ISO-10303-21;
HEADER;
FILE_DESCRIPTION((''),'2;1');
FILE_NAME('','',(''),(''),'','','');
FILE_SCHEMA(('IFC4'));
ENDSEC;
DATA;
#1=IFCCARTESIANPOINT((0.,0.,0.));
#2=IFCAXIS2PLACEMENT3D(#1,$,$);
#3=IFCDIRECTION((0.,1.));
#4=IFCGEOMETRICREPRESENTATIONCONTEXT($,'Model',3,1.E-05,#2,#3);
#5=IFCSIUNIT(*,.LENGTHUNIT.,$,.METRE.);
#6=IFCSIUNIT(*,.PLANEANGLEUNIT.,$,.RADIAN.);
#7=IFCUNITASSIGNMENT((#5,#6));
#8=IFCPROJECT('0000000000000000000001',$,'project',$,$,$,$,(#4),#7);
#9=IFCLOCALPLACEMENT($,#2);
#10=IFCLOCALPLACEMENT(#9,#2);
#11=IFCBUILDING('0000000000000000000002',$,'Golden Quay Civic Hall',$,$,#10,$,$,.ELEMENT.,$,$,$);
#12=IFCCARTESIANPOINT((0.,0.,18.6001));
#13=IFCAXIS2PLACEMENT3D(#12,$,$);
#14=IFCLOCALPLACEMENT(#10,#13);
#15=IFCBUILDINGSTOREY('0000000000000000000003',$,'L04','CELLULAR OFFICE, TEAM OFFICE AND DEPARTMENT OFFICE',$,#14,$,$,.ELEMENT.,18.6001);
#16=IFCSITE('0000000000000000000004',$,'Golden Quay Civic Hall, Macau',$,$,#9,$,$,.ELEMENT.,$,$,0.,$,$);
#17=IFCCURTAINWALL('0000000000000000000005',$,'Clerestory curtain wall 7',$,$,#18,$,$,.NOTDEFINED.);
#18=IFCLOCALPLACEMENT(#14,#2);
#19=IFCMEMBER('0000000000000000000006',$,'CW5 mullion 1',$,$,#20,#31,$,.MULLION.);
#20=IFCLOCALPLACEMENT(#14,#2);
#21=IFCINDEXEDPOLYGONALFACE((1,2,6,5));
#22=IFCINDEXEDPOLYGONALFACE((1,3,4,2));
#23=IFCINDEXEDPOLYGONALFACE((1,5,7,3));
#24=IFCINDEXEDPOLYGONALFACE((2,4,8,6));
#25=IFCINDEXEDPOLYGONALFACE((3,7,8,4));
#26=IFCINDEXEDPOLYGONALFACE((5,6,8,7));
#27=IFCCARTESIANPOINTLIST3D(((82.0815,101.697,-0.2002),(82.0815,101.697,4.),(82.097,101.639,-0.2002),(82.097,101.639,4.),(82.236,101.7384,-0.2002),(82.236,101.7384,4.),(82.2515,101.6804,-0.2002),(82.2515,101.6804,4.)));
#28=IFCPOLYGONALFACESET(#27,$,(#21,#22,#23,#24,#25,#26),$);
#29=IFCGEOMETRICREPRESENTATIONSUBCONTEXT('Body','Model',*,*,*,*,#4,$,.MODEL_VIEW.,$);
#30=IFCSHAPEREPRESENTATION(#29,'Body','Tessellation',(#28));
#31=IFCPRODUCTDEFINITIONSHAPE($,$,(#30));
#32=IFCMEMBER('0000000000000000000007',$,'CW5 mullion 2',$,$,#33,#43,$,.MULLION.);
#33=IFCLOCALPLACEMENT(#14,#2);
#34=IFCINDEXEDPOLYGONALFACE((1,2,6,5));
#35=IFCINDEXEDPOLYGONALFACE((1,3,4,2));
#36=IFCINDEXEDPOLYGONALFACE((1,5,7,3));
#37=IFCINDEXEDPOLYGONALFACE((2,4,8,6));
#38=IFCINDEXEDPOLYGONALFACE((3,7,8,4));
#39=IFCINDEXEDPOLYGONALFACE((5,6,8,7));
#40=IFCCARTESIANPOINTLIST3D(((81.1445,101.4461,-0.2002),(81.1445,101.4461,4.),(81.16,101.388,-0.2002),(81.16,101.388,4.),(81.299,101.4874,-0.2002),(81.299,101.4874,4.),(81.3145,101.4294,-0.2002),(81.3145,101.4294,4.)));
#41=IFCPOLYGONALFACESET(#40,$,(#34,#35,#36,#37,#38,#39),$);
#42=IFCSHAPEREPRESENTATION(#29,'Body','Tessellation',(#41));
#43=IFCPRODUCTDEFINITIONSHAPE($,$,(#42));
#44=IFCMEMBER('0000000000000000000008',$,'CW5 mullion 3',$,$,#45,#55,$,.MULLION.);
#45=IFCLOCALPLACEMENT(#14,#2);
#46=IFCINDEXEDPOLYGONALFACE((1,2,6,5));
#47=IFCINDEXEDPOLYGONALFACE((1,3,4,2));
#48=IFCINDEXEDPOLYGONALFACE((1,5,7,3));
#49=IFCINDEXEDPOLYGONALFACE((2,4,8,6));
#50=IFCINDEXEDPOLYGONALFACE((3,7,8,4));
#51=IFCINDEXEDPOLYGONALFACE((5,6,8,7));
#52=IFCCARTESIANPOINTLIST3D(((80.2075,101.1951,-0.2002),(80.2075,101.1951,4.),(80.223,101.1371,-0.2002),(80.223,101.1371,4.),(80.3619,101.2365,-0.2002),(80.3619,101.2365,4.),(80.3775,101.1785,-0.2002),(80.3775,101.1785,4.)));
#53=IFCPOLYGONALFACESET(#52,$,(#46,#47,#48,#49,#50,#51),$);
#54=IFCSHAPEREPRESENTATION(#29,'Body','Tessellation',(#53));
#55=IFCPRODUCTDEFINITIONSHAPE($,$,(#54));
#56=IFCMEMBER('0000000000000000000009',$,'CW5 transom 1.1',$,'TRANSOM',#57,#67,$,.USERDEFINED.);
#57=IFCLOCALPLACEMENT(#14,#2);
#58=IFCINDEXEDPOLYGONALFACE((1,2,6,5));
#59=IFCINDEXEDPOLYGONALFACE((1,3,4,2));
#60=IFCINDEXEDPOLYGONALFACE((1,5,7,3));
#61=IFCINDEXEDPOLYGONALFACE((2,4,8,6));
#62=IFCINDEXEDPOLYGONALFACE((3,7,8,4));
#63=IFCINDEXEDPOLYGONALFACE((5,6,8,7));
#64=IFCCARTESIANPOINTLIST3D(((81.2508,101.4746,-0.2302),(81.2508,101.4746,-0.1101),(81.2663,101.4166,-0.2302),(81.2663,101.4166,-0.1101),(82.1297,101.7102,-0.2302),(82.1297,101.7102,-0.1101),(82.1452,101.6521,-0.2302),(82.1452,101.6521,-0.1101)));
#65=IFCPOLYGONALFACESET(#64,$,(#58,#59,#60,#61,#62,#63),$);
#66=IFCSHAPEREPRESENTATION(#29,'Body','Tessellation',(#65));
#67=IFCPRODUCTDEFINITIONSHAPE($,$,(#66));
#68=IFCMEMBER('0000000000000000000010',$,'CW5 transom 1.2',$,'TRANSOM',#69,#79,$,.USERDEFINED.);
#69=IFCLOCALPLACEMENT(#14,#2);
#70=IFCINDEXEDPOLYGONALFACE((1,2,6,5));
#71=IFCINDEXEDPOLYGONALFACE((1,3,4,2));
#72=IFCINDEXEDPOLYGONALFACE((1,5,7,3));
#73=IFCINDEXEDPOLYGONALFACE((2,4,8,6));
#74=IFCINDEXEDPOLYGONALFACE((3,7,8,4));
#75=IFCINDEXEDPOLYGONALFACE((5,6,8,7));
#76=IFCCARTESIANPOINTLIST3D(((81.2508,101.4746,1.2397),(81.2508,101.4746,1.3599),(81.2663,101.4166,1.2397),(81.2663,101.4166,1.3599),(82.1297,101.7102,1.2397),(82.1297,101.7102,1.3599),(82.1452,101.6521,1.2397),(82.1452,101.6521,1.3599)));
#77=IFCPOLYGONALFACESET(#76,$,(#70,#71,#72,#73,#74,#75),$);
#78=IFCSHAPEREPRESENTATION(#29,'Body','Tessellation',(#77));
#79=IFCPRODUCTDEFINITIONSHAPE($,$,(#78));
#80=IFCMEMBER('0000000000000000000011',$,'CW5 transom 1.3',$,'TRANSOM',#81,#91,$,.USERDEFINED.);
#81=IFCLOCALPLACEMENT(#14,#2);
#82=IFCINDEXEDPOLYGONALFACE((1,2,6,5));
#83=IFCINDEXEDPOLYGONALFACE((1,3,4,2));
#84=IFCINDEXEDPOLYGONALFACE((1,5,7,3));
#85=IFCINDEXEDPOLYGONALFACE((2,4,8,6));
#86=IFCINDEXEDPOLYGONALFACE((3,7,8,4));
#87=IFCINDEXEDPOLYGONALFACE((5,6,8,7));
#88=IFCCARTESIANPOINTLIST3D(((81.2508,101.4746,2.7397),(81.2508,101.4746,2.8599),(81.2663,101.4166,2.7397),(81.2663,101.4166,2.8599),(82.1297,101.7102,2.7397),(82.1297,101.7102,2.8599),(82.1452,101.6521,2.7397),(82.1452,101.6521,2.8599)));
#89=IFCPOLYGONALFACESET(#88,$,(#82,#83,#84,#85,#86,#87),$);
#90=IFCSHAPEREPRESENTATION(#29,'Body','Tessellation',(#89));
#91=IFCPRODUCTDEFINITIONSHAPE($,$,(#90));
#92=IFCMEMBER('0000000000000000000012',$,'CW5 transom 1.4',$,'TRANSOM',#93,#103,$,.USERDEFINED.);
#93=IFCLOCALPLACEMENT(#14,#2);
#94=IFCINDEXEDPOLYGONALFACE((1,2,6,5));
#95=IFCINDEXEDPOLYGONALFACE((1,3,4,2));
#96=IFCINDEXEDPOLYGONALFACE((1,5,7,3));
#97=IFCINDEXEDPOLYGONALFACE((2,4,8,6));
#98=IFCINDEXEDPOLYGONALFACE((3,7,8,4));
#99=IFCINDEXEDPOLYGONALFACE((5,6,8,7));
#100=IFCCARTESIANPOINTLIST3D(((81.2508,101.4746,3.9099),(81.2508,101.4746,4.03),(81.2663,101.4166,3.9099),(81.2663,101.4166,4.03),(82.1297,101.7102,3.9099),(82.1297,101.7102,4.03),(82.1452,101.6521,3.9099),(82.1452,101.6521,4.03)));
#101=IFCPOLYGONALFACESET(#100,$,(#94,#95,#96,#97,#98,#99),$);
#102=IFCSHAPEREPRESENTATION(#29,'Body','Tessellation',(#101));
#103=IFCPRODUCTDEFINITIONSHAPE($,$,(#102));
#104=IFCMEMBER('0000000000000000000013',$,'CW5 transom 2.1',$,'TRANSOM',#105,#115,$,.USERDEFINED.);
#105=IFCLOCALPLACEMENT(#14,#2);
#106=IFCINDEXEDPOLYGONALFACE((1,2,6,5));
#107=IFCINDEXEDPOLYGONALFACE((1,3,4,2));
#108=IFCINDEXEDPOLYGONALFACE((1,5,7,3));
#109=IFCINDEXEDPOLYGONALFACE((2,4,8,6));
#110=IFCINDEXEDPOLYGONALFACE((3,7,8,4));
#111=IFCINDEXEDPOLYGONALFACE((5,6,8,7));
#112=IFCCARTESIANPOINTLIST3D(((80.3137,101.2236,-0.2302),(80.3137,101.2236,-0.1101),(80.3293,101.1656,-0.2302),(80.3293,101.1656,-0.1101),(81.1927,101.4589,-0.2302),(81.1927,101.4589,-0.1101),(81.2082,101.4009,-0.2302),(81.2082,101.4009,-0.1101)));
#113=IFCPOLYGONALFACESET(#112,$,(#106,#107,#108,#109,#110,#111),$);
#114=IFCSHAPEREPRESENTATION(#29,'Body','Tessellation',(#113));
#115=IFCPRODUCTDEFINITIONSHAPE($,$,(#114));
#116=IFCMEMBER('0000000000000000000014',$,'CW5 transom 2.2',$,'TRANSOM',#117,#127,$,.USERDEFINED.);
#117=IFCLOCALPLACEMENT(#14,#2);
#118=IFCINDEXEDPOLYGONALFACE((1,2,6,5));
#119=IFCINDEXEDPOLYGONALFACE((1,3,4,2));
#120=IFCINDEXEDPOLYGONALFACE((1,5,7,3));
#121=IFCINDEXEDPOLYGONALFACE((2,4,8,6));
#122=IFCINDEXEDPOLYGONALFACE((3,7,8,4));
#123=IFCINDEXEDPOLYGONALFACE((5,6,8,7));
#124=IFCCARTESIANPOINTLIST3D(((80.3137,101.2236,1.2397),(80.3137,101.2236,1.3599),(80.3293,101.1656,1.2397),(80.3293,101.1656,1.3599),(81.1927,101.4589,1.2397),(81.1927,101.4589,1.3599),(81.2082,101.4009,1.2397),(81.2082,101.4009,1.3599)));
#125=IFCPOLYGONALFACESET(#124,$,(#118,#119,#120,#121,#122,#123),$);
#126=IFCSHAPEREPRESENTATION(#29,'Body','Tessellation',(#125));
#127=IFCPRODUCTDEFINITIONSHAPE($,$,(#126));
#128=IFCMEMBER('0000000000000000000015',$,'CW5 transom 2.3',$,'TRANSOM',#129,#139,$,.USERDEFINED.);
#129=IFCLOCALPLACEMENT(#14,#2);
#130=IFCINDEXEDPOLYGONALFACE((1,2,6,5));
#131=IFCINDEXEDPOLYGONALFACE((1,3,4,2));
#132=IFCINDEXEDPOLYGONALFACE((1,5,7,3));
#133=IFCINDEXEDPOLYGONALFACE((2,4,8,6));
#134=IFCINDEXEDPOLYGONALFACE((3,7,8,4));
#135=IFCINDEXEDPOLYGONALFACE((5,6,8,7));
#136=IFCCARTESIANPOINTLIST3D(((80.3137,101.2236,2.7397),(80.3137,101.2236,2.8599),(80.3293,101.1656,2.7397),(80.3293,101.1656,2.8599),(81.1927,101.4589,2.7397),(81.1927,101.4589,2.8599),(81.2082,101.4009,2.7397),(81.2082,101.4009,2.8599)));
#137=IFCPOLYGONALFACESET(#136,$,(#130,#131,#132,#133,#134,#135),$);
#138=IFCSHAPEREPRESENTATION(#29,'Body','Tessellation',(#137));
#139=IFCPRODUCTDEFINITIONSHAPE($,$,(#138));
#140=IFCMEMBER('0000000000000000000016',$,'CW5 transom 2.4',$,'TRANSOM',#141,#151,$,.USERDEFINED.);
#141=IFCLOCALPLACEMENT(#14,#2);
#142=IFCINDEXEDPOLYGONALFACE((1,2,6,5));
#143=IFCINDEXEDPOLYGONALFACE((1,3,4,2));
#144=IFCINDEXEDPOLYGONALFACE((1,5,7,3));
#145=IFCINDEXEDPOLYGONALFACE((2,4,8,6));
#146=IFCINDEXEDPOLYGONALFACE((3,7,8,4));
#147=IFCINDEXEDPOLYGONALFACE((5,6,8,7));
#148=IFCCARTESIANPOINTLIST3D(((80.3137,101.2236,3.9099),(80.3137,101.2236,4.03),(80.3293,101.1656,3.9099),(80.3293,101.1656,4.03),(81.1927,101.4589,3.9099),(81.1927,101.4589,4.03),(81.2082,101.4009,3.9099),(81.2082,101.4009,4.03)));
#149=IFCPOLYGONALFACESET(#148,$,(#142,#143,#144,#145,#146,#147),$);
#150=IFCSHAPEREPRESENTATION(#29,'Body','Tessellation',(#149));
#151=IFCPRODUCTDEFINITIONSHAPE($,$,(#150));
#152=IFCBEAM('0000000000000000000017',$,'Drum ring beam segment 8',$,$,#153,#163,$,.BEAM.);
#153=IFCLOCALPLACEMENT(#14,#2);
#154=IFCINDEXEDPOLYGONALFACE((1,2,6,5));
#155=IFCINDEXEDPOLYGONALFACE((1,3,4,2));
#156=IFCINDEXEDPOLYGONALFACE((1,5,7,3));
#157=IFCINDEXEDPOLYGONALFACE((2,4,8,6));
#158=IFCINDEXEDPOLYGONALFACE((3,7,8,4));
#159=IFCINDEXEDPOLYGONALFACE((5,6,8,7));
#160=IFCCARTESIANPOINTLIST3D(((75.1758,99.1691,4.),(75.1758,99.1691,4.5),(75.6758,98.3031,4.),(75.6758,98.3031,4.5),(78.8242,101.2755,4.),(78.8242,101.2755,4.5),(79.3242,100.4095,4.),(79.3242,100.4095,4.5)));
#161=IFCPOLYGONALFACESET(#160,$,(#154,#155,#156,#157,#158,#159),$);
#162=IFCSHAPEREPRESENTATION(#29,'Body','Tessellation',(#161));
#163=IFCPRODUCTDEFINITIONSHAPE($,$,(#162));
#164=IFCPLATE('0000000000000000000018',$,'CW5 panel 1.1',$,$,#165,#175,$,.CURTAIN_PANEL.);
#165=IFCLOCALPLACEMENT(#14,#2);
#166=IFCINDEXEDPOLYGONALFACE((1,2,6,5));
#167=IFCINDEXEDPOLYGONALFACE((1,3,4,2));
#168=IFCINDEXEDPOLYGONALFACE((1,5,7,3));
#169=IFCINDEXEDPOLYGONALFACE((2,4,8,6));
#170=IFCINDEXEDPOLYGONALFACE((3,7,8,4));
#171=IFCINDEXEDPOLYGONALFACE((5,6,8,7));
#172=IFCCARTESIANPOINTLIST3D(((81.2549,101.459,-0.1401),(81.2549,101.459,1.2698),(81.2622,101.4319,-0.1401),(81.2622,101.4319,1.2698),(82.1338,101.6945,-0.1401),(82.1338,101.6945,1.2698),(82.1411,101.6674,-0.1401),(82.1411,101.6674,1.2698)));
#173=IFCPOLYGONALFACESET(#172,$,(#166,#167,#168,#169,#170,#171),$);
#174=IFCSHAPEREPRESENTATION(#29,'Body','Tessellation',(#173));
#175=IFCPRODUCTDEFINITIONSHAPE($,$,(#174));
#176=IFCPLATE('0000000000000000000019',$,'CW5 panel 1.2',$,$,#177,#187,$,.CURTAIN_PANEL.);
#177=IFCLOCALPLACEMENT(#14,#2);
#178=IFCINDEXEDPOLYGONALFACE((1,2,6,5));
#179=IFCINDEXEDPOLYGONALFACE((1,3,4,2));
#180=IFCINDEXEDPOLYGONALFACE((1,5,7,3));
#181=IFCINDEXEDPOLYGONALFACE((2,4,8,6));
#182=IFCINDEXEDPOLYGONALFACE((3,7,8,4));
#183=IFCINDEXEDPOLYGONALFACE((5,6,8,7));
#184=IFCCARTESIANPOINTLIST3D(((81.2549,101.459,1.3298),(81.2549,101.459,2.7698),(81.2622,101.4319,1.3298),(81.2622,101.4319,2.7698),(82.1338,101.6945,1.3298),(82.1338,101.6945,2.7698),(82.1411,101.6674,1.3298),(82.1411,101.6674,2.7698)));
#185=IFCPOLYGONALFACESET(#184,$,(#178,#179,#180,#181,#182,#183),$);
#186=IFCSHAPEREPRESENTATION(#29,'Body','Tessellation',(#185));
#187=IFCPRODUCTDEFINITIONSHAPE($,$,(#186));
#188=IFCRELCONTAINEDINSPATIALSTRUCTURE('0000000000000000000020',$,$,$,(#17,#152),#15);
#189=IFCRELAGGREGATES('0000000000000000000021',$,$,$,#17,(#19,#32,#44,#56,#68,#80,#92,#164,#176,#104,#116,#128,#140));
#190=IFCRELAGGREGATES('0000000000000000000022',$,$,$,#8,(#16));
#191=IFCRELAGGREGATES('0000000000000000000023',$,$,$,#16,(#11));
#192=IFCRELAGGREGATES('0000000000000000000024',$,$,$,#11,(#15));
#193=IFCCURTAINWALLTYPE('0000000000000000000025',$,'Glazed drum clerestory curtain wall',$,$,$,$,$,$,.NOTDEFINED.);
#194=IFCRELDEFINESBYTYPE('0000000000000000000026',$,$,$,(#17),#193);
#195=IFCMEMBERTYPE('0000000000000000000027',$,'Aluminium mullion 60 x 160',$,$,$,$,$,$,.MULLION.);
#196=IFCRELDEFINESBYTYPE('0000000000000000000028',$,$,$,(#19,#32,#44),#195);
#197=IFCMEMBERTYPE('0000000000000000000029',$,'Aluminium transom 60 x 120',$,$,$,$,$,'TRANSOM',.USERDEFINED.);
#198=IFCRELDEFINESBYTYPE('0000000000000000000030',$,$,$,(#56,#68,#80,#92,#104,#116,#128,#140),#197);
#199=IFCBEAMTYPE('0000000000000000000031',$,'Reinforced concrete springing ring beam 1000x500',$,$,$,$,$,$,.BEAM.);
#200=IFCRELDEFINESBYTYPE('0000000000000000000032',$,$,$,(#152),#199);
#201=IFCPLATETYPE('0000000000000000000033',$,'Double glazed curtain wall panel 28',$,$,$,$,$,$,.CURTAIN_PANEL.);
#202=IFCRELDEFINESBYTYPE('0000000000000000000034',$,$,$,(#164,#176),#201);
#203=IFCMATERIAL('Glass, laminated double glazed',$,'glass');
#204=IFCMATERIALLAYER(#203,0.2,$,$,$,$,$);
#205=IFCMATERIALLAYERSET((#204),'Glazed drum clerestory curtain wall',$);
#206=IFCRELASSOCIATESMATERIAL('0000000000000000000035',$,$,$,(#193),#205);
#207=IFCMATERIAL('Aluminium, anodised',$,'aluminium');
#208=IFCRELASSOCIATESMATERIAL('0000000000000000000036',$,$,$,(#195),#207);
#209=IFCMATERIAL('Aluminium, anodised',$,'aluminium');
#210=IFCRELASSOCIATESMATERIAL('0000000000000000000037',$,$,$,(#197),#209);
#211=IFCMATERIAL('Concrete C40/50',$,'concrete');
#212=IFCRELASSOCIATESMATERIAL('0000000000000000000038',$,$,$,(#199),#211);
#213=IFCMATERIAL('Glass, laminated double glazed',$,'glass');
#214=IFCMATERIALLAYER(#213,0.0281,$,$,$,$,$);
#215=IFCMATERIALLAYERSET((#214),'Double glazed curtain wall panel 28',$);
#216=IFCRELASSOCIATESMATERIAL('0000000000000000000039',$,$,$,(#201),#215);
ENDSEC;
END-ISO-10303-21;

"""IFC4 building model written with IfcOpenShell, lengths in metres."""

from ifc_helpers import new_model, si_unit, direction, frame, origin, origin_2d, place, context, subcontext, project, spatial, rectangle, extrude, material, layer, layer_set, material_profile, profile_set, type_object, element, aggregate, save


model = new_model("IFC4")

# Units and contexts
model_context = context("Model", 3, precision=1e-05, world=origin(), true_north=direction((0.0, 1.0)))
body_context = subcontext(model_context, "Body", "Model", "MODEL_VIEW")
ifc_project = project(units=[si_unit("LENGTHUNIT", "METRE"), si_unit("PLANEANGLEUNIT", "RADIAN")], contexts=[model_context])

# Site, building, storey
site_placement = place(None, origin())
site = spatial("IfcSite", under=ifc_project, at=site_placement, Name="Golden Quay Civic Hall, Macau", CompositionType="ELEMENT", RefElevation=0.0)
building_placement = place(site_placement, origin())
building = spatial("IfcBuilding", under=site, at=building_placement, Name="Golden Quay Civic Hall", CompositionType="ELEMENT")
storey_placement = place(building_placement, frame((0.0, 0.0, 18.6001)))
storey = spatial("IfcBuildingStorey", under=building, at=storey_placement, Name="L04", Description="CELLULAR OFFICE, TEAM OFFICE AND DEPARTMENT OFFICE", CompositionType="ELEMENT", Elevation=18.6001)

# Curtain wall, members
ifc_material_1 = material(Name="Glass, laminated double glazed", Category="glass")
ifc_layer_1 = layer(ifc_material_1, 0.2)
ifc_layer_set_1 = layer_set([ifc_layer_1], Name="Glazed drum clerestory curtain wall")
curtain_wall_type = type_object("IfcCurtainWallType", Name="Glazed drum clerestory curtain wall", PredefinedType="NOTDEFINED", material=ifc_layer_set_1)
curtain_wall_placement = place(storey_placement, origin())
curtain_wall = element("IfcCurtainWall", 1, at=curtain_wall_placement, inside=storey, type_object=curtain_wall_type, Name="Clerestory curtain wall 7", PredefinedType="NOTDEFINED")
ifc_material_2 = material(Name="Aluminium, anodised", Category="aluminium")
ifc_material_profile_1 = material_profile(ifc_material_2, rectangle(XDim=0.0601, YDim=0.1599, at=origin_2d()), Name="Aluminium 60 x 160")
ifc_profile_set_1 = profile_set([ifc_material_profile_1], Name="Aluminium, anodised")
member_type_1 = type_object("IfcMemberType", Name="Aluminium mullion 60 x 160", PredefinedType="MULLION", material=ifc_profile_set_1)
member_1_placement = place(storey_placement, frame((82.1665, 101.6887, -0.2002), z_axis=(0.0, 0.0, 1.0), x_axis=(0.258808, -0.965929, 0.0)))
member_1 = element("IfcMember", 2, at=member_1_placement, type_object=member_type_1, Name="CW5 mullion 1", PredefinedType="MULLION", context=body_context, shape_type="SweptSolid", body=[
    extrude(rectangle(XDim=0.0601, YDim=0.1599, at=origin_2d()), origin(), (0.0, 0.0, 1.0), 4.2002),
])
member_2_placement = place(storey_placement, frame((81.2295, 101.4377, -0.2002), z_axis=(0.0, 0.0, 1.0), x_axis=(0.258808, -0.965929, 0.0)))
member_2 = element("IfcMember", 3, at=member_2_placement, type_object=member_type_1, Name="CW5 mullion 2", PredefinedType="MULLION", context=body_context, shape_type="SweptSolid", body=[
    extrude(rectangle(XDim=0.0601, YDim=0.1599, at=origin_2d()), origin(), (0.0, 0.0, 1.0), 4.2002),
])
member_3_placement = place(storey_placement, frame((80.2925, 101.1868, -0.2002), z_axis=(0.0, 0.0, 1.0), x_axis=(0.258808, -0.965929, 0.0)))
member_3 = element("IfcMember", 4, at=member_3_placement, type_object=member_type_1, Name="CW5 mullion 3", PredefinedType="MULLION", context=body_context, shape_type="SweptSolid", body=[
    extrude(rectangle(XDim=0.0601, YDim=0.1599, at=origin_2d()), origin(), (0.0, 0.0, 1.0), 4.2002),
])
ifc_material_3 = material(Name="Aluminium, anodised", Category="aluminium")
ifc_material_profile_2 = material_profile(ifc_material_3, rectangle(XDim=0.0601, YDim=0.1201, at=origin_2d()), Name="Aluminium 60 x 120")
ifc_profile_set_2 = profile_set([ifc_material_profile_2], Name="Aluminium, anodised")
member_type_2 = type_object("IfcMemberType", Name="Aluminium transom 60 x 120", ElementType="TRANSOM", PredefinedType="USERDEFINED", material=ifc_profile_set_2)
member_4_placement = place(storey_placement, frame((82.1375, 101.6812, -0.1702), z_axis=(-0.9659, -0.258915, 0.0), x_axis=(0.258915, -0.9659, 0.0)))
member_4 = element("IfcMember", 5, at=member_4_placement, type_object=member_type_2, Name="CW5 transom 1.1", ObjectType="TRANSOM", PredefinedType="USERDEFINED", context=body_context, shape_type="SweptSolid", body=[
    extrude(rectangle(XDim=0.0601, YDim=0.1201, at=origin_2d()), origin(), (0.0, 0.0, 1.0), 0.9099),
])
member_5_placement = place(storey_placement, frame((82.1375, 101.6812, 1.2998), z_axis=(-0.9659, -0.258915, 0.0), x_axis=(0.258915, -0.9659, 0.0)))
member_5 = element("IfcMember", 6, at=member_5_placement, type_object=member_type_2, Name="CW5 transom 1.2", ObjectType="TRANSOM", PredefinedType="USERDEFINED", context=body_context, shape_type="SweptSolid", body=[
    extrude(rectangle(XDim=0.0601, YDim=0.1201, at=origin_2d()), origin(), (0.0, 0.0, 1.0), 0.9099),
])
member_6_placement = place(storey_placement, frame((82.1375, 101.6812, 2.7998), z_axis=(-0.9659, -0.258915, 0.0), x_axis=(0.258915, -0.9659, 0.0)))
member_6 = element("IfcMember", 7, at=member_6_placement, type_object=member_type_2, Name="CW5 transom 1.3", ObjectType="TRANSOM", PredefinedType="USERDEFINED", context=body_context, shape_type="SweptSolid", body=[
    extrude(rectangle(XDim=0.0601, YDim=0.1201, at=origin_2d()), origin(), (0.0, 0.0, 1.0), 0.9099),
])
member_7_placement = place(storey_placement, frame((82.1375, 101.6812, 3.97), z_axis=(-0.9659, -0.258915, 0.0), x_axis=(0.258915, -0.9659, 0.0)))
member_7 = element("IfcMember", 8, at=member_7_placement, type_object=member_type_2, Name="CW5 transom 1.4", ObjectType="TRANSOM", PredefinedType="USERDEFINED", context=body_context, shape_type="SweptSolid", body=[
    extrude(rectangle(XDim=0.0601, YDim=0.1201, at=origin_2d()), origin(), (0.0, 0.0, 1.0), 0.9099),
])
member_8_placement = place(storey_placement, frame((81.2004, 101.4299, -0.1702), z_axis=(-0.965967, -0.258665, 0.0), x_axis=(0.258665, -0.965967, 0.0)))
member_8 = element("IfcMember", 9, at=member_8_placement, type_object=member_type_2, Name="CW5 transom 2.1", ObjectType="TRANSOM", PredefinedType="USERDEFINED", context=body_context, shape_type="SweptSolid", body=[
    extrude(rectangle(XDim=0.0601, YDim=0.1201, at=origin_2d()), origin(), (0.0, 0.0, 1.0), 0.9099),
])
member_9_placement = place(storey_placement, frame((81.2004, 101.4299, 1.2998), z_axis=(-0.965967, -0.258665, 0.0), x_axis=(0.258665, -0.965967, 0.0)))
member_9 = element("IfcMember", 10, at=member_9_placement, type_object=member_type_2, Name="CW5 transom 2.2", ObjectType="TRANSOM", PredefinedType="USERDEFINED", context=body_context, shape_type="SweptSolid", body=[
    extrude(rectangle(XDim=0.0601, YDim=0.1201, at=origin_2d()), origin(), (0.0, 0.0, 1.0), 0.9099),
])
member_10_placement = place(storey_placement, frame((81.2004, 101.4299, 2.7998), z_axis=(-0.965967, -0.258665, 0.0), x_axis=(0.258665, -0.965967, 0.0)))
member_10 = element("IfcMember", 11, at=member_10_placement, type_object=member_type_2, Name="CW5 transom 2.3", ObjectType="TRANSOM", PredefinedType="USERDEFINED", context=body_context, shape_type="SweptSolid", body=[
    extrude(rectangle(XDim=0.0601, YDim=0.1201, at=origin_2d()), origin(), (0.0, 0.0, 1.0), 0.9099),
])
member_11_placement = place(storey_placement, frame((81.2004, 101.4299, 3.97), z_axis=(-0.965967, -0.258665, 0.0), x_axis=(0.258665, -0.965967, 0.0)))
member_11 = element("IfcMember", 12, at=member_11_placement, type_object=member_type_2, Name="CW5 transom 2.4", ObjectType="TRANSOM", PredefinedType="USERDEFINED", context=body_context, shape_type="SweptSolid", body=[
    extrude(rectangle(XDim=0.0601, YDim=0.1201, at=origin_2d()), origin(), (0.0, 0.0, 1.0), 0.9099),
])

# Beam
ifc_material_4 = material(Name="Concrete C40/50", Category="concrete")
ifc_material_profile_3 = material_profile(ifc_material_4, rectangle(XDim=1.0, YDim=0.5, at=origin_2d()), Name="RC 1000x500")
ifc_profile_set_3 = profile_set([ifc_material_profile_3], Name="Concrete C40/50")
beam_type = type_object("IfcBeamType", Name="Reinforced concrete springing ring beam 1000x500", PredefinedType="BEAM", material=ifc_profile_set_3)
beam_placement = place(storey_placement, frame((79.0742, 100.8425, 4.25), z_axis=(-0.866023, -0.500003, 0.0), x_axis=(0.500003, -0.866023, 0.0)))
element("IfcBeam", 13, at=beam_placement, inside=storey, type_object=beam_type, Name="Drum ring beam segment 8", PredefinedType="BEAM", context=body_context, shape_type="SweptSolid", body=[
    extrude(rectangle(XDim=1.0, YDim=0.5, at=origin_2d()), origin(), (0.0, 0.0, 1.0), 4.2129),
])

# Plates
ifc_material_5 = material(Name="Glass, laminated double glazed", Category="glass")
ifc_layer_2 = layer(ifc_material_5, 0.0281)
ifc_layer_set_2 = layer_set([ifc_layer_2], Name="Double glazed curtain wall panel 28")
plate_type = type_object("IfcPlateType", Name="Double glazed curtain wall panel 28", PredefinedType="CURTAIN_PANEL", material=ifc_layer_set_2)
plate_1_placement = place(storey_placement, frame((81.698, 101.5632, -0.1401), z_axis=(0.0, 0.0, 1.0), x_axis=(-0.965929, -0.258808, 0.0)))
plate_1 = element("IfcPlate", 14, at=plate_1_placement, type_object=plate_type, Name="CW5 panel 1.1", PredefinedType="CURTAIN_PANEL", context=body_context, shape_type="SweptSolid", body=[
    extrude(rectangle(XDim=0.9099, YDim=0.0281, at=origin_2d()), origin(), (0.0, 0.0, 1.0), 1.4099),
])
plate_2_placement = place(storey_placement, frame((81.698, 101.5632, 1.3298), z_axis=(0.0, 0.0, 1.0), x_axis=(-0.965929, -0.258808, 0.0)))
plate_2 = element("IfcPlate", 15, at=plate_2_placement, type_object=plate_type, Name="CW5 panel 1.2", PredefinedType="CURTAIN_PANEL", context=body_context, shape_type="SweptSolid", body=[
    extrude(rectangle(XDim=0.9099, YDim=0.0281, at=origin_2d()), origin(), (0.0, 0.0, 1.0), 1.4399),
])
aggregate(curtain_wall, [member_1, member_2, member_3, member_4, member_5, member_6, member_7, plate_1, plate_2, member_8, member_9, member_10, member_11])

save(model, "model.ifc")
